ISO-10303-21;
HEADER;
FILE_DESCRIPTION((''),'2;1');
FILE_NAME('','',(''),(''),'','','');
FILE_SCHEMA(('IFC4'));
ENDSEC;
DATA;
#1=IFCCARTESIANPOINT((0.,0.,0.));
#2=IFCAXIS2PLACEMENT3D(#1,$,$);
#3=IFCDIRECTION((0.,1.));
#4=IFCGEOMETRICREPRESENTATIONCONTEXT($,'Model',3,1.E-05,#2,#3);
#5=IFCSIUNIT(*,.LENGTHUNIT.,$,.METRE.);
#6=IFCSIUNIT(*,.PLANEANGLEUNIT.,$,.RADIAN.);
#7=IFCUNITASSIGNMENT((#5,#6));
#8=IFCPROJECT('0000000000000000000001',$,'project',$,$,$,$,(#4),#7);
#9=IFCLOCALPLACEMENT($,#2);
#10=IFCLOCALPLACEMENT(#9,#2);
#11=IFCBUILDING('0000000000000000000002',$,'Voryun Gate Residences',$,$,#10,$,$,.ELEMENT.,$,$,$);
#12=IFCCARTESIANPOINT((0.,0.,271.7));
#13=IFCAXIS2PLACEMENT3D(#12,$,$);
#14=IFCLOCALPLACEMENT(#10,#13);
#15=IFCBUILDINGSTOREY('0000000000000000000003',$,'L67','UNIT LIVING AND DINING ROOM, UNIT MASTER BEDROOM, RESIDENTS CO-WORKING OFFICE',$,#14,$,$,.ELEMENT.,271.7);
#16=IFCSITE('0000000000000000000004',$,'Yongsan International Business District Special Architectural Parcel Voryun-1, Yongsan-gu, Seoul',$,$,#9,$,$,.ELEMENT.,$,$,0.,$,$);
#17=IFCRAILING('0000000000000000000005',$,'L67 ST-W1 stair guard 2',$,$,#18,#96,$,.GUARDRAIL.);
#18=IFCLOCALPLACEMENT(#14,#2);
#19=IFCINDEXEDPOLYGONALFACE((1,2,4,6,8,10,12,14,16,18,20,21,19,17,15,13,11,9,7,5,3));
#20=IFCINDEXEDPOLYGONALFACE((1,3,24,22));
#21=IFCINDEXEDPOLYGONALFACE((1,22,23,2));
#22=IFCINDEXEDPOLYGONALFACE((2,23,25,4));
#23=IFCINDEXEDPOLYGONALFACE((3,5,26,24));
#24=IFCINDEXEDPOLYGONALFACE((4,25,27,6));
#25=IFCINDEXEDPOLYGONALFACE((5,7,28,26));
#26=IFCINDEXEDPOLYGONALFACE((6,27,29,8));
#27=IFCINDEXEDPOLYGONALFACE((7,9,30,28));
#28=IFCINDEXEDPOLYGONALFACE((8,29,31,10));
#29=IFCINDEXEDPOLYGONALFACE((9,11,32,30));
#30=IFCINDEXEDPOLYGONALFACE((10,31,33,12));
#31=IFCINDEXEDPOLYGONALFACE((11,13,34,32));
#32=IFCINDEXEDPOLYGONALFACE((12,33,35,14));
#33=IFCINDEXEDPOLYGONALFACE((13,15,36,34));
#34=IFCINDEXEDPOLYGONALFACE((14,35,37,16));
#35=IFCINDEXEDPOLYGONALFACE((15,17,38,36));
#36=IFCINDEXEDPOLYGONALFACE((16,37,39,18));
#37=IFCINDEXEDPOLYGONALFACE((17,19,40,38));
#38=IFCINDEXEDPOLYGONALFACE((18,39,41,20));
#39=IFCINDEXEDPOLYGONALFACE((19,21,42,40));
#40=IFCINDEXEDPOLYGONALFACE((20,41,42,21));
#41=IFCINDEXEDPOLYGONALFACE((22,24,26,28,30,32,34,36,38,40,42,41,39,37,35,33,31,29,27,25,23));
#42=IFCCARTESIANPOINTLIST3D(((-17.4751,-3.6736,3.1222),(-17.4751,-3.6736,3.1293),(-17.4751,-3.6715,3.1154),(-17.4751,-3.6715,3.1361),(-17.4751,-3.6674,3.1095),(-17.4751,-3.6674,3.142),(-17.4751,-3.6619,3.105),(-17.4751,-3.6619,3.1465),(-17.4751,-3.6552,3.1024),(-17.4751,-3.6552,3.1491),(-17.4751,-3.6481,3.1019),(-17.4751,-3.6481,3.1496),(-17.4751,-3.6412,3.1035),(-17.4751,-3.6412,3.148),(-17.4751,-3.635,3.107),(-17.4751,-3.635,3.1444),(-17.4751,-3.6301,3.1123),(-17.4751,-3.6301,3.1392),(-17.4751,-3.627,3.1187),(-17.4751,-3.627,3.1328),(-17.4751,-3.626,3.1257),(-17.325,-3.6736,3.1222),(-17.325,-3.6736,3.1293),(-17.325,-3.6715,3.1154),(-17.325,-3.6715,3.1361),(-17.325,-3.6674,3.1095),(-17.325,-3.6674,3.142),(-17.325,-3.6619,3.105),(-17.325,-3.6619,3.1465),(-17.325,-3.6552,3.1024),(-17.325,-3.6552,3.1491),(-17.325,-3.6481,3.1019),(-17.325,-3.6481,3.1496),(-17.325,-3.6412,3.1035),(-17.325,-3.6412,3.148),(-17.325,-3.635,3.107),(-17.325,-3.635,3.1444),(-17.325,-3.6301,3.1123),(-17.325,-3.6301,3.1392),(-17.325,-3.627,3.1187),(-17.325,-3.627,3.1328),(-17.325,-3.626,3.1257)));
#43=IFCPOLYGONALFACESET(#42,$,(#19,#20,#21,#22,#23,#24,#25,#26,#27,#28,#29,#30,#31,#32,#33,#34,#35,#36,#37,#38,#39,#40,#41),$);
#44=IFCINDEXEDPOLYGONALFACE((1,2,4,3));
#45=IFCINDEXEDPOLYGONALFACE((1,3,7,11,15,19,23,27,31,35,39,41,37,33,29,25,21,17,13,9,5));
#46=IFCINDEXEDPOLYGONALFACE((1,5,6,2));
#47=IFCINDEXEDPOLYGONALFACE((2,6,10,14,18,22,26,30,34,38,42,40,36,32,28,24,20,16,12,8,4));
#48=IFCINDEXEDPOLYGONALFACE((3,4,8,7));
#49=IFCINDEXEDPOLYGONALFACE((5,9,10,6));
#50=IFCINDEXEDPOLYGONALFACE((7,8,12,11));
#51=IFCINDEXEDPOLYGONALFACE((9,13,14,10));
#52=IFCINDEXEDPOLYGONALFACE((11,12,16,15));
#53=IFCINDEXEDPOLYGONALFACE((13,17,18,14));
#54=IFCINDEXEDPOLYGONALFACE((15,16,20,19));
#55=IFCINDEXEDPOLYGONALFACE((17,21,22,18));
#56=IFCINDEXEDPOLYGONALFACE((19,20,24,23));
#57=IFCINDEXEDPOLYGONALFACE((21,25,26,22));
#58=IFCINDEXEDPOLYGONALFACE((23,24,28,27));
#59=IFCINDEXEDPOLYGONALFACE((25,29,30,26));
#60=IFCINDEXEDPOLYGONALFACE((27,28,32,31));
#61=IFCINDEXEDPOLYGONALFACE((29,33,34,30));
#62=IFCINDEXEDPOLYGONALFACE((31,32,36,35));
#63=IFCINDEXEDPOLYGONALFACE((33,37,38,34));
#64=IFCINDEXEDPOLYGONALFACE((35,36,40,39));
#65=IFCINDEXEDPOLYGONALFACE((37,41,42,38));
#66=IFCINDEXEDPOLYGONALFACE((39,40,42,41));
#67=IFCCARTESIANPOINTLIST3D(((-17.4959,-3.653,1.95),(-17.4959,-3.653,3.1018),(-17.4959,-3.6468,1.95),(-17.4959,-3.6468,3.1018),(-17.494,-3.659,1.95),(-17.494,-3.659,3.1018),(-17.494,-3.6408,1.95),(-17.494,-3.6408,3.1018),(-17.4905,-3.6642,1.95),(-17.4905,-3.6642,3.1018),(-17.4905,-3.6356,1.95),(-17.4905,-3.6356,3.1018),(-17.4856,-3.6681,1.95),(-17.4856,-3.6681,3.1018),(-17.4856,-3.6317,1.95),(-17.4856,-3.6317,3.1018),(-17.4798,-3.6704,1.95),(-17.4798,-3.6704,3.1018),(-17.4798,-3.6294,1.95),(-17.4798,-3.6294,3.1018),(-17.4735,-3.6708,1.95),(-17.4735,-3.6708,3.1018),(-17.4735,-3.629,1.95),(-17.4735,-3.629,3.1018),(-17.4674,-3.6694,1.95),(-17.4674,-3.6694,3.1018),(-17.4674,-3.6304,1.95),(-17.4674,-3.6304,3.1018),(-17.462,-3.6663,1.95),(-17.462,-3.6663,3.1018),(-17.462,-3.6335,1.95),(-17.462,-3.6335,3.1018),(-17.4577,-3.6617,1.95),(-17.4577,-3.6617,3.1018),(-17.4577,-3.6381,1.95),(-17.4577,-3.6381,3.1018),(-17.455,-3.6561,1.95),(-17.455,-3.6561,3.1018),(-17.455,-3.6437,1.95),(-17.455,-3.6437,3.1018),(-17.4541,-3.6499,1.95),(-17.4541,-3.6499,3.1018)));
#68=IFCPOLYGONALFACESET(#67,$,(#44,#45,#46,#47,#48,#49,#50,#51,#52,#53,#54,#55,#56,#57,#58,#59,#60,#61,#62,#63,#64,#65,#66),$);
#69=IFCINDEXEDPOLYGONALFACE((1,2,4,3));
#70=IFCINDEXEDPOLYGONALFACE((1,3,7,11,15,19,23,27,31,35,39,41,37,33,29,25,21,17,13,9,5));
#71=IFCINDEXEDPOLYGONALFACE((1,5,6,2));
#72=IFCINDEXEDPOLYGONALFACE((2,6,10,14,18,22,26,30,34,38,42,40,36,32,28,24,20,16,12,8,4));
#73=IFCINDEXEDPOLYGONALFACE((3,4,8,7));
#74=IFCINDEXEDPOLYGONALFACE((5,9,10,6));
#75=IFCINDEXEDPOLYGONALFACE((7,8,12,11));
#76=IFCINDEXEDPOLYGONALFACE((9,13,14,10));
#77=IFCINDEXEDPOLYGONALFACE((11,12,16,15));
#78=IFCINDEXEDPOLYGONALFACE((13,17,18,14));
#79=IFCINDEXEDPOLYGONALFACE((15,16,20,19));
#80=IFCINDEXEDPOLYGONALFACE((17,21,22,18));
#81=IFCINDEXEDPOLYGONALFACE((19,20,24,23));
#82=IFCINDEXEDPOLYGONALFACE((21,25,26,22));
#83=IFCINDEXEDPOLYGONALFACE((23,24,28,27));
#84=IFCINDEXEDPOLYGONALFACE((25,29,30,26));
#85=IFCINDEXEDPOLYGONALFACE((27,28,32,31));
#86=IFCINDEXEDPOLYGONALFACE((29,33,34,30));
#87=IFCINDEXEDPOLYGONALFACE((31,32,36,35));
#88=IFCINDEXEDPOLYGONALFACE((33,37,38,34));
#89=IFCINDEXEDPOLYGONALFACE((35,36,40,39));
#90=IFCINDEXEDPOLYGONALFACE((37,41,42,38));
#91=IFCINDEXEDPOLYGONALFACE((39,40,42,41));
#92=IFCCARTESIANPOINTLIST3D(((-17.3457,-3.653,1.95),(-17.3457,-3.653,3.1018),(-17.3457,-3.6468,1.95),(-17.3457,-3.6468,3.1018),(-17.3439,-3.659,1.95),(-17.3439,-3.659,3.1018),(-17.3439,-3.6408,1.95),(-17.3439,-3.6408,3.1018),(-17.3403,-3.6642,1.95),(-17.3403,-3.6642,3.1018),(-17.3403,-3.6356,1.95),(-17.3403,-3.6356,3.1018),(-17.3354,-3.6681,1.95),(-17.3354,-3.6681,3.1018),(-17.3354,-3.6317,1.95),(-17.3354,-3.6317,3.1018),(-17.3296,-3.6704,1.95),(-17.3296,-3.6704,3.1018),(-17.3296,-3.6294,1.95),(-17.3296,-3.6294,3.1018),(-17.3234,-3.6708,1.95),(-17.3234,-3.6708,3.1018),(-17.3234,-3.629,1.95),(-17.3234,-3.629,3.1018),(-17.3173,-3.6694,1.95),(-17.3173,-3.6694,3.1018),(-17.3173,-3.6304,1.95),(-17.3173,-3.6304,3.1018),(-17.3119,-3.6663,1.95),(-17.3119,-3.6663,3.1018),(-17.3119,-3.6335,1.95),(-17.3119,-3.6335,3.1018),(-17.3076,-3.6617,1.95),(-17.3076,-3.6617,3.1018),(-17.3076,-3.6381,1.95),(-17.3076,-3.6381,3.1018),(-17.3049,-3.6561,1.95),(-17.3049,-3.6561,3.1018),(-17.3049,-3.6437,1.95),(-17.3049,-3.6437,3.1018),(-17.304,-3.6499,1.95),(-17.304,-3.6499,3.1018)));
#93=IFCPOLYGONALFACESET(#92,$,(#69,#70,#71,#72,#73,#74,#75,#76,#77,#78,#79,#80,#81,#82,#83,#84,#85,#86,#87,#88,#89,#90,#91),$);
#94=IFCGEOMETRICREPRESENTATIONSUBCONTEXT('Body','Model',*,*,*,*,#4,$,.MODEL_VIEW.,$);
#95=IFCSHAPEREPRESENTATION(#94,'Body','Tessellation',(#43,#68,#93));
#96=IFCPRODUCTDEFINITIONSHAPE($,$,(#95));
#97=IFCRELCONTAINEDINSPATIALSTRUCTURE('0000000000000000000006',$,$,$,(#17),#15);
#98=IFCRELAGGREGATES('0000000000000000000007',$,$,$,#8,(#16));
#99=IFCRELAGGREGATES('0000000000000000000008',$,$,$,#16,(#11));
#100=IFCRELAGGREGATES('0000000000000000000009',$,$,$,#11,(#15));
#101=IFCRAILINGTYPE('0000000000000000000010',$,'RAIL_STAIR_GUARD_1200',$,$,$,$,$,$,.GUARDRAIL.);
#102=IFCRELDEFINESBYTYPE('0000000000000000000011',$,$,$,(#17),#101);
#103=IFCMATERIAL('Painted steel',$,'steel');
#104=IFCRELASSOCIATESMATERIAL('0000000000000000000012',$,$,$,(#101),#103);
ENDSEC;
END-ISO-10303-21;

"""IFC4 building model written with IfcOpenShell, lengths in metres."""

from ifc_helpers import new_model, si_unit, direction, frame, origin, origin_2d, place, context, subcontext, project, spatial, circle, extrude, material, type_object, element, save


model = new_model("IFC4")

# Units and contexts
model_context = context("Model", 3, precision=1e-05, world=origin(), true_north=direction((0.0, 1.0)))
body_context = subcontext(model_context, "Body", "Model", "MODEL_VIEW")
ifc_project = project(units=[si_unit("LENGTHUNIT", "METRE"), si_unit("PLANEANGLEUNIT", "RADIAN")], contexts=[model_context])

# Site, building, storey
site_placement = place(None, origin())
site = spatial("IfcSite", under=ifc_project, at=site_placement, Name="Yongsan International Business District Special Architectural Parcel Voryun-1, Yongsan-gu, Seoul", CompositionType="ELEMENT", RefElevation=0.0)
building_placement = place(site_placement, origin())
building = spatial("IfcBuilding", under=site, at=building_placement, Name="Voryun Gate Residences", CompositionType="ELEMENT")
storey_placement = place(building_placement, frame((0.0, 0.0, 271.7)))
storey = spatial("IfcBuildingStorey", under=building, at=storey_placement, Name="L67", Description="UNIT LIVING AND DINING ROOM, UNIT MASTER BEDROOM, RESIDENTS CO-WORKING OFFICE", CompositionType="ELEMENT", Elevation=271.7)

# Railing
ifc_material_1 = material(Name="Painted steel", Category="steel")
railing_type_1 = type_object("IfcRailingType", Name="RAIL_STAIR_GUARD_1200", PredefinedType="GUARDRAIL", material=ifc_material_1)
railing_1_placement = place(storey_placement, frame((-17.4751, -3.6499, 1.95)))
element("IfcRailing", 1, at=railing_1_placement, inside=storey, type_object=railing_type_1, Name="L67 ST-W1 stair guard 2", PredefinedType="GUARDRAIL", context=body_context, shape_type="SweptSolid", body=[
    extrude(circle(Radius=0.0239, at=origin_2d()), frame((0.0, 0.0, 1.1758), z_axis=(1.0, 0.0, 0.0), x_axis=(0.0, 1.0, 0.0)), (0.0, 0.0, 1.0), 0.1501),
    extrude(circle(Radius=0.021, at=origin_2d()), origin(), (0.0, 0.0, 1.0), 1.1519),
    extrude(circle(Radius=0.021, at=origin_2d()), frame((0.1501, 0.0, 0.0)), (0.0, 0.0, 1.0), 1.1519),
])

save(model, "model.ifc")
